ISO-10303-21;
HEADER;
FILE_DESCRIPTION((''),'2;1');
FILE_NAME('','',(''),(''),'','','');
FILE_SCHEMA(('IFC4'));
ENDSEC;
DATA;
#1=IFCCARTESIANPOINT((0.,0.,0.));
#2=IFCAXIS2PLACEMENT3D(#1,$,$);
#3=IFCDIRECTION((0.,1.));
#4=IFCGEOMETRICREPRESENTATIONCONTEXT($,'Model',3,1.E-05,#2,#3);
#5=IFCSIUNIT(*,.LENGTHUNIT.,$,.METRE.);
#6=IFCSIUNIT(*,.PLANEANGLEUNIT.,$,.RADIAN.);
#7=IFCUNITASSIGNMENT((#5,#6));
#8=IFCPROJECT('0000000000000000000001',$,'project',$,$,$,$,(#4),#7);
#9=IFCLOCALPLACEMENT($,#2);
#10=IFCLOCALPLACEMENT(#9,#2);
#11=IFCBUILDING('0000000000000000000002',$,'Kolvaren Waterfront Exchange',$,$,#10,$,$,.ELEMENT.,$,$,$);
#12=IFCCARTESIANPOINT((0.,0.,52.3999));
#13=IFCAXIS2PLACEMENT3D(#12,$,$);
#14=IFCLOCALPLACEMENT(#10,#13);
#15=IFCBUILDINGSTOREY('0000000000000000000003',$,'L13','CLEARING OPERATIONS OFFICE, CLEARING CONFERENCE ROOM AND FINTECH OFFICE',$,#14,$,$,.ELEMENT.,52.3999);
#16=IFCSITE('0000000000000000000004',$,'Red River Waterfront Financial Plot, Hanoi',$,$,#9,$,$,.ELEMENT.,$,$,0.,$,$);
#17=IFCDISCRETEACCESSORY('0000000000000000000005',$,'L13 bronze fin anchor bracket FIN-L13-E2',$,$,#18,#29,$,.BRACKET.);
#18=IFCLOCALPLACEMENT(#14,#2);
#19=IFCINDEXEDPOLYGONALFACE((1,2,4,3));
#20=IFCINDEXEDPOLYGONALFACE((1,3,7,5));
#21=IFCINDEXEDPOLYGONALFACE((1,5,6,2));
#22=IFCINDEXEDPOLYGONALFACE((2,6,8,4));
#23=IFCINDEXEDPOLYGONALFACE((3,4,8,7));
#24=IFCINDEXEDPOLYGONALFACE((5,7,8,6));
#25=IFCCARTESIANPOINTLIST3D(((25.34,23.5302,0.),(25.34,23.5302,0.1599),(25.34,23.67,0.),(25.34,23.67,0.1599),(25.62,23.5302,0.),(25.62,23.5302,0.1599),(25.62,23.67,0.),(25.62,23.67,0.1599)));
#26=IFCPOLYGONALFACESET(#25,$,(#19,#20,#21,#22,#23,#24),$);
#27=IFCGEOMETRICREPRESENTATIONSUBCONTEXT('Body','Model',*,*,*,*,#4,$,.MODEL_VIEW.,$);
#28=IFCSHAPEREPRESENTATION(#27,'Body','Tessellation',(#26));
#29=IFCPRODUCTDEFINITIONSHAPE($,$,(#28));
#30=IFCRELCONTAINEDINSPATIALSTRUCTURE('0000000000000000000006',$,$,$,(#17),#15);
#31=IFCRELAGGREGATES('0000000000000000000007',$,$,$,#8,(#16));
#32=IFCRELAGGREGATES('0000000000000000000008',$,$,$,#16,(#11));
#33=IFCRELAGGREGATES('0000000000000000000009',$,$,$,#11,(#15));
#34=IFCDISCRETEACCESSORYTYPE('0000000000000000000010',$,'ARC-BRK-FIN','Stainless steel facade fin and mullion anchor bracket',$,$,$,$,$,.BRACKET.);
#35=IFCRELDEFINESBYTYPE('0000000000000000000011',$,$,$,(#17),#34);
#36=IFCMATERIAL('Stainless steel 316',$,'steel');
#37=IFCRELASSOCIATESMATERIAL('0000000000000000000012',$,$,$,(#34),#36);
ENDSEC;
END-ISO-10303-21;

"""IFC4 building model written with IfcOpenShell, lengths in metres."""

from ifc_helpers import new_model, si_unit, direction, frame, origin, origin_with_axes, origin_2d, place, context, subcontext, project, spatial, rectangle, extrude, source, transform, mapped, material, type_object, element, save


model = new_model("IFC4")

# Units and contexts
model_context = context("Model", 3, precision=1e-05, world=origin(), true_north=direction((0.0, 1.0)))
body_context = subcontext(model_context, "Body", "Model", "MODEL_VIEW")
ifc_project = project(units=[si_unit("LENGTHUNIT", "METRE"), si_unit("PLANEANGLEUNIT", "RADIAN")], contexts=[model_context])

# Site, building, storey
site_placement = place(None, origin())
site = spatial("IfcSite", under=ifc_project, at=site_placement, Name="Red River Waterfront Financial Plot, Hanoi", CompositionType="ELEMENT", RefElevation=0.0)
building_placement = place(site_placement, origin())
building = spatial("IfcBuilding", under=site, at=building_placement, Name="Kolvaren Waterfront Exchange", CompositionType="ELEMENT")
storey_placement = place(building_placement, frame((0.0, 0.0, 52.3999)))
storey = spatial("IfcBuildingStorey", under=building, at=storey_placement, Name="L13", Description="CLEARING OPERATIONS OFFICE, CLEARING CONFERENCE ROOM AND FINTECH OFFICE", CompositionType="ELEMENT", Elevation=52.3999)

# Shared definitions
ifc_material_1 = material(Name="Stainless steel 316", Category="steel")

# Discrete accessory
discrete_accessory_type = type_object("IfcDiscreteAccessoryType", Name="ARC-BRK-FIN", Description="Stainless steel facade fin and mullion anchor bracket", PredefinedType="BRACKET", material=ifc_material_1)
shared_shape_1 = source(origin_with_axes(), body_context, "Body", "SweptSolid", [
    extrude(rectangle(XDim=0.28, YDim=0.1399, at=origin_2d()), origin(), (0.0, 0.0, 1.0), 0.1599),
])
for number, where, z_axis, x_axis, name in (
    (1, (25.48, 23.6001, 0.0), (0.0, 0.0, 1.0), (1.0, 0.0, 0.0), "L13 bronze fin anchor bracket FIN-L13-E2"),
):
    element("IfcDiscreteAccessory", number, at=place(storey_placement, frame(where, z_axis=z_axis, x_axis=x_axis)), inside=storey, type_object=discrete_accessory_type, Name=name, PredefinedType="BRACKET", context=body_context, shape_type="MappedRepresentation", body=[
        mapped(shared_shape_1, transform((0.0, 0.0, 0.0), x_axis=(1.0, 0.0, 0.0), y_axis=(0.0, 1.0, 0.0), z_axis=(0.0, 0.0, 1.0), scale=1.0)),
    ])

save(model, "model.ifc")
